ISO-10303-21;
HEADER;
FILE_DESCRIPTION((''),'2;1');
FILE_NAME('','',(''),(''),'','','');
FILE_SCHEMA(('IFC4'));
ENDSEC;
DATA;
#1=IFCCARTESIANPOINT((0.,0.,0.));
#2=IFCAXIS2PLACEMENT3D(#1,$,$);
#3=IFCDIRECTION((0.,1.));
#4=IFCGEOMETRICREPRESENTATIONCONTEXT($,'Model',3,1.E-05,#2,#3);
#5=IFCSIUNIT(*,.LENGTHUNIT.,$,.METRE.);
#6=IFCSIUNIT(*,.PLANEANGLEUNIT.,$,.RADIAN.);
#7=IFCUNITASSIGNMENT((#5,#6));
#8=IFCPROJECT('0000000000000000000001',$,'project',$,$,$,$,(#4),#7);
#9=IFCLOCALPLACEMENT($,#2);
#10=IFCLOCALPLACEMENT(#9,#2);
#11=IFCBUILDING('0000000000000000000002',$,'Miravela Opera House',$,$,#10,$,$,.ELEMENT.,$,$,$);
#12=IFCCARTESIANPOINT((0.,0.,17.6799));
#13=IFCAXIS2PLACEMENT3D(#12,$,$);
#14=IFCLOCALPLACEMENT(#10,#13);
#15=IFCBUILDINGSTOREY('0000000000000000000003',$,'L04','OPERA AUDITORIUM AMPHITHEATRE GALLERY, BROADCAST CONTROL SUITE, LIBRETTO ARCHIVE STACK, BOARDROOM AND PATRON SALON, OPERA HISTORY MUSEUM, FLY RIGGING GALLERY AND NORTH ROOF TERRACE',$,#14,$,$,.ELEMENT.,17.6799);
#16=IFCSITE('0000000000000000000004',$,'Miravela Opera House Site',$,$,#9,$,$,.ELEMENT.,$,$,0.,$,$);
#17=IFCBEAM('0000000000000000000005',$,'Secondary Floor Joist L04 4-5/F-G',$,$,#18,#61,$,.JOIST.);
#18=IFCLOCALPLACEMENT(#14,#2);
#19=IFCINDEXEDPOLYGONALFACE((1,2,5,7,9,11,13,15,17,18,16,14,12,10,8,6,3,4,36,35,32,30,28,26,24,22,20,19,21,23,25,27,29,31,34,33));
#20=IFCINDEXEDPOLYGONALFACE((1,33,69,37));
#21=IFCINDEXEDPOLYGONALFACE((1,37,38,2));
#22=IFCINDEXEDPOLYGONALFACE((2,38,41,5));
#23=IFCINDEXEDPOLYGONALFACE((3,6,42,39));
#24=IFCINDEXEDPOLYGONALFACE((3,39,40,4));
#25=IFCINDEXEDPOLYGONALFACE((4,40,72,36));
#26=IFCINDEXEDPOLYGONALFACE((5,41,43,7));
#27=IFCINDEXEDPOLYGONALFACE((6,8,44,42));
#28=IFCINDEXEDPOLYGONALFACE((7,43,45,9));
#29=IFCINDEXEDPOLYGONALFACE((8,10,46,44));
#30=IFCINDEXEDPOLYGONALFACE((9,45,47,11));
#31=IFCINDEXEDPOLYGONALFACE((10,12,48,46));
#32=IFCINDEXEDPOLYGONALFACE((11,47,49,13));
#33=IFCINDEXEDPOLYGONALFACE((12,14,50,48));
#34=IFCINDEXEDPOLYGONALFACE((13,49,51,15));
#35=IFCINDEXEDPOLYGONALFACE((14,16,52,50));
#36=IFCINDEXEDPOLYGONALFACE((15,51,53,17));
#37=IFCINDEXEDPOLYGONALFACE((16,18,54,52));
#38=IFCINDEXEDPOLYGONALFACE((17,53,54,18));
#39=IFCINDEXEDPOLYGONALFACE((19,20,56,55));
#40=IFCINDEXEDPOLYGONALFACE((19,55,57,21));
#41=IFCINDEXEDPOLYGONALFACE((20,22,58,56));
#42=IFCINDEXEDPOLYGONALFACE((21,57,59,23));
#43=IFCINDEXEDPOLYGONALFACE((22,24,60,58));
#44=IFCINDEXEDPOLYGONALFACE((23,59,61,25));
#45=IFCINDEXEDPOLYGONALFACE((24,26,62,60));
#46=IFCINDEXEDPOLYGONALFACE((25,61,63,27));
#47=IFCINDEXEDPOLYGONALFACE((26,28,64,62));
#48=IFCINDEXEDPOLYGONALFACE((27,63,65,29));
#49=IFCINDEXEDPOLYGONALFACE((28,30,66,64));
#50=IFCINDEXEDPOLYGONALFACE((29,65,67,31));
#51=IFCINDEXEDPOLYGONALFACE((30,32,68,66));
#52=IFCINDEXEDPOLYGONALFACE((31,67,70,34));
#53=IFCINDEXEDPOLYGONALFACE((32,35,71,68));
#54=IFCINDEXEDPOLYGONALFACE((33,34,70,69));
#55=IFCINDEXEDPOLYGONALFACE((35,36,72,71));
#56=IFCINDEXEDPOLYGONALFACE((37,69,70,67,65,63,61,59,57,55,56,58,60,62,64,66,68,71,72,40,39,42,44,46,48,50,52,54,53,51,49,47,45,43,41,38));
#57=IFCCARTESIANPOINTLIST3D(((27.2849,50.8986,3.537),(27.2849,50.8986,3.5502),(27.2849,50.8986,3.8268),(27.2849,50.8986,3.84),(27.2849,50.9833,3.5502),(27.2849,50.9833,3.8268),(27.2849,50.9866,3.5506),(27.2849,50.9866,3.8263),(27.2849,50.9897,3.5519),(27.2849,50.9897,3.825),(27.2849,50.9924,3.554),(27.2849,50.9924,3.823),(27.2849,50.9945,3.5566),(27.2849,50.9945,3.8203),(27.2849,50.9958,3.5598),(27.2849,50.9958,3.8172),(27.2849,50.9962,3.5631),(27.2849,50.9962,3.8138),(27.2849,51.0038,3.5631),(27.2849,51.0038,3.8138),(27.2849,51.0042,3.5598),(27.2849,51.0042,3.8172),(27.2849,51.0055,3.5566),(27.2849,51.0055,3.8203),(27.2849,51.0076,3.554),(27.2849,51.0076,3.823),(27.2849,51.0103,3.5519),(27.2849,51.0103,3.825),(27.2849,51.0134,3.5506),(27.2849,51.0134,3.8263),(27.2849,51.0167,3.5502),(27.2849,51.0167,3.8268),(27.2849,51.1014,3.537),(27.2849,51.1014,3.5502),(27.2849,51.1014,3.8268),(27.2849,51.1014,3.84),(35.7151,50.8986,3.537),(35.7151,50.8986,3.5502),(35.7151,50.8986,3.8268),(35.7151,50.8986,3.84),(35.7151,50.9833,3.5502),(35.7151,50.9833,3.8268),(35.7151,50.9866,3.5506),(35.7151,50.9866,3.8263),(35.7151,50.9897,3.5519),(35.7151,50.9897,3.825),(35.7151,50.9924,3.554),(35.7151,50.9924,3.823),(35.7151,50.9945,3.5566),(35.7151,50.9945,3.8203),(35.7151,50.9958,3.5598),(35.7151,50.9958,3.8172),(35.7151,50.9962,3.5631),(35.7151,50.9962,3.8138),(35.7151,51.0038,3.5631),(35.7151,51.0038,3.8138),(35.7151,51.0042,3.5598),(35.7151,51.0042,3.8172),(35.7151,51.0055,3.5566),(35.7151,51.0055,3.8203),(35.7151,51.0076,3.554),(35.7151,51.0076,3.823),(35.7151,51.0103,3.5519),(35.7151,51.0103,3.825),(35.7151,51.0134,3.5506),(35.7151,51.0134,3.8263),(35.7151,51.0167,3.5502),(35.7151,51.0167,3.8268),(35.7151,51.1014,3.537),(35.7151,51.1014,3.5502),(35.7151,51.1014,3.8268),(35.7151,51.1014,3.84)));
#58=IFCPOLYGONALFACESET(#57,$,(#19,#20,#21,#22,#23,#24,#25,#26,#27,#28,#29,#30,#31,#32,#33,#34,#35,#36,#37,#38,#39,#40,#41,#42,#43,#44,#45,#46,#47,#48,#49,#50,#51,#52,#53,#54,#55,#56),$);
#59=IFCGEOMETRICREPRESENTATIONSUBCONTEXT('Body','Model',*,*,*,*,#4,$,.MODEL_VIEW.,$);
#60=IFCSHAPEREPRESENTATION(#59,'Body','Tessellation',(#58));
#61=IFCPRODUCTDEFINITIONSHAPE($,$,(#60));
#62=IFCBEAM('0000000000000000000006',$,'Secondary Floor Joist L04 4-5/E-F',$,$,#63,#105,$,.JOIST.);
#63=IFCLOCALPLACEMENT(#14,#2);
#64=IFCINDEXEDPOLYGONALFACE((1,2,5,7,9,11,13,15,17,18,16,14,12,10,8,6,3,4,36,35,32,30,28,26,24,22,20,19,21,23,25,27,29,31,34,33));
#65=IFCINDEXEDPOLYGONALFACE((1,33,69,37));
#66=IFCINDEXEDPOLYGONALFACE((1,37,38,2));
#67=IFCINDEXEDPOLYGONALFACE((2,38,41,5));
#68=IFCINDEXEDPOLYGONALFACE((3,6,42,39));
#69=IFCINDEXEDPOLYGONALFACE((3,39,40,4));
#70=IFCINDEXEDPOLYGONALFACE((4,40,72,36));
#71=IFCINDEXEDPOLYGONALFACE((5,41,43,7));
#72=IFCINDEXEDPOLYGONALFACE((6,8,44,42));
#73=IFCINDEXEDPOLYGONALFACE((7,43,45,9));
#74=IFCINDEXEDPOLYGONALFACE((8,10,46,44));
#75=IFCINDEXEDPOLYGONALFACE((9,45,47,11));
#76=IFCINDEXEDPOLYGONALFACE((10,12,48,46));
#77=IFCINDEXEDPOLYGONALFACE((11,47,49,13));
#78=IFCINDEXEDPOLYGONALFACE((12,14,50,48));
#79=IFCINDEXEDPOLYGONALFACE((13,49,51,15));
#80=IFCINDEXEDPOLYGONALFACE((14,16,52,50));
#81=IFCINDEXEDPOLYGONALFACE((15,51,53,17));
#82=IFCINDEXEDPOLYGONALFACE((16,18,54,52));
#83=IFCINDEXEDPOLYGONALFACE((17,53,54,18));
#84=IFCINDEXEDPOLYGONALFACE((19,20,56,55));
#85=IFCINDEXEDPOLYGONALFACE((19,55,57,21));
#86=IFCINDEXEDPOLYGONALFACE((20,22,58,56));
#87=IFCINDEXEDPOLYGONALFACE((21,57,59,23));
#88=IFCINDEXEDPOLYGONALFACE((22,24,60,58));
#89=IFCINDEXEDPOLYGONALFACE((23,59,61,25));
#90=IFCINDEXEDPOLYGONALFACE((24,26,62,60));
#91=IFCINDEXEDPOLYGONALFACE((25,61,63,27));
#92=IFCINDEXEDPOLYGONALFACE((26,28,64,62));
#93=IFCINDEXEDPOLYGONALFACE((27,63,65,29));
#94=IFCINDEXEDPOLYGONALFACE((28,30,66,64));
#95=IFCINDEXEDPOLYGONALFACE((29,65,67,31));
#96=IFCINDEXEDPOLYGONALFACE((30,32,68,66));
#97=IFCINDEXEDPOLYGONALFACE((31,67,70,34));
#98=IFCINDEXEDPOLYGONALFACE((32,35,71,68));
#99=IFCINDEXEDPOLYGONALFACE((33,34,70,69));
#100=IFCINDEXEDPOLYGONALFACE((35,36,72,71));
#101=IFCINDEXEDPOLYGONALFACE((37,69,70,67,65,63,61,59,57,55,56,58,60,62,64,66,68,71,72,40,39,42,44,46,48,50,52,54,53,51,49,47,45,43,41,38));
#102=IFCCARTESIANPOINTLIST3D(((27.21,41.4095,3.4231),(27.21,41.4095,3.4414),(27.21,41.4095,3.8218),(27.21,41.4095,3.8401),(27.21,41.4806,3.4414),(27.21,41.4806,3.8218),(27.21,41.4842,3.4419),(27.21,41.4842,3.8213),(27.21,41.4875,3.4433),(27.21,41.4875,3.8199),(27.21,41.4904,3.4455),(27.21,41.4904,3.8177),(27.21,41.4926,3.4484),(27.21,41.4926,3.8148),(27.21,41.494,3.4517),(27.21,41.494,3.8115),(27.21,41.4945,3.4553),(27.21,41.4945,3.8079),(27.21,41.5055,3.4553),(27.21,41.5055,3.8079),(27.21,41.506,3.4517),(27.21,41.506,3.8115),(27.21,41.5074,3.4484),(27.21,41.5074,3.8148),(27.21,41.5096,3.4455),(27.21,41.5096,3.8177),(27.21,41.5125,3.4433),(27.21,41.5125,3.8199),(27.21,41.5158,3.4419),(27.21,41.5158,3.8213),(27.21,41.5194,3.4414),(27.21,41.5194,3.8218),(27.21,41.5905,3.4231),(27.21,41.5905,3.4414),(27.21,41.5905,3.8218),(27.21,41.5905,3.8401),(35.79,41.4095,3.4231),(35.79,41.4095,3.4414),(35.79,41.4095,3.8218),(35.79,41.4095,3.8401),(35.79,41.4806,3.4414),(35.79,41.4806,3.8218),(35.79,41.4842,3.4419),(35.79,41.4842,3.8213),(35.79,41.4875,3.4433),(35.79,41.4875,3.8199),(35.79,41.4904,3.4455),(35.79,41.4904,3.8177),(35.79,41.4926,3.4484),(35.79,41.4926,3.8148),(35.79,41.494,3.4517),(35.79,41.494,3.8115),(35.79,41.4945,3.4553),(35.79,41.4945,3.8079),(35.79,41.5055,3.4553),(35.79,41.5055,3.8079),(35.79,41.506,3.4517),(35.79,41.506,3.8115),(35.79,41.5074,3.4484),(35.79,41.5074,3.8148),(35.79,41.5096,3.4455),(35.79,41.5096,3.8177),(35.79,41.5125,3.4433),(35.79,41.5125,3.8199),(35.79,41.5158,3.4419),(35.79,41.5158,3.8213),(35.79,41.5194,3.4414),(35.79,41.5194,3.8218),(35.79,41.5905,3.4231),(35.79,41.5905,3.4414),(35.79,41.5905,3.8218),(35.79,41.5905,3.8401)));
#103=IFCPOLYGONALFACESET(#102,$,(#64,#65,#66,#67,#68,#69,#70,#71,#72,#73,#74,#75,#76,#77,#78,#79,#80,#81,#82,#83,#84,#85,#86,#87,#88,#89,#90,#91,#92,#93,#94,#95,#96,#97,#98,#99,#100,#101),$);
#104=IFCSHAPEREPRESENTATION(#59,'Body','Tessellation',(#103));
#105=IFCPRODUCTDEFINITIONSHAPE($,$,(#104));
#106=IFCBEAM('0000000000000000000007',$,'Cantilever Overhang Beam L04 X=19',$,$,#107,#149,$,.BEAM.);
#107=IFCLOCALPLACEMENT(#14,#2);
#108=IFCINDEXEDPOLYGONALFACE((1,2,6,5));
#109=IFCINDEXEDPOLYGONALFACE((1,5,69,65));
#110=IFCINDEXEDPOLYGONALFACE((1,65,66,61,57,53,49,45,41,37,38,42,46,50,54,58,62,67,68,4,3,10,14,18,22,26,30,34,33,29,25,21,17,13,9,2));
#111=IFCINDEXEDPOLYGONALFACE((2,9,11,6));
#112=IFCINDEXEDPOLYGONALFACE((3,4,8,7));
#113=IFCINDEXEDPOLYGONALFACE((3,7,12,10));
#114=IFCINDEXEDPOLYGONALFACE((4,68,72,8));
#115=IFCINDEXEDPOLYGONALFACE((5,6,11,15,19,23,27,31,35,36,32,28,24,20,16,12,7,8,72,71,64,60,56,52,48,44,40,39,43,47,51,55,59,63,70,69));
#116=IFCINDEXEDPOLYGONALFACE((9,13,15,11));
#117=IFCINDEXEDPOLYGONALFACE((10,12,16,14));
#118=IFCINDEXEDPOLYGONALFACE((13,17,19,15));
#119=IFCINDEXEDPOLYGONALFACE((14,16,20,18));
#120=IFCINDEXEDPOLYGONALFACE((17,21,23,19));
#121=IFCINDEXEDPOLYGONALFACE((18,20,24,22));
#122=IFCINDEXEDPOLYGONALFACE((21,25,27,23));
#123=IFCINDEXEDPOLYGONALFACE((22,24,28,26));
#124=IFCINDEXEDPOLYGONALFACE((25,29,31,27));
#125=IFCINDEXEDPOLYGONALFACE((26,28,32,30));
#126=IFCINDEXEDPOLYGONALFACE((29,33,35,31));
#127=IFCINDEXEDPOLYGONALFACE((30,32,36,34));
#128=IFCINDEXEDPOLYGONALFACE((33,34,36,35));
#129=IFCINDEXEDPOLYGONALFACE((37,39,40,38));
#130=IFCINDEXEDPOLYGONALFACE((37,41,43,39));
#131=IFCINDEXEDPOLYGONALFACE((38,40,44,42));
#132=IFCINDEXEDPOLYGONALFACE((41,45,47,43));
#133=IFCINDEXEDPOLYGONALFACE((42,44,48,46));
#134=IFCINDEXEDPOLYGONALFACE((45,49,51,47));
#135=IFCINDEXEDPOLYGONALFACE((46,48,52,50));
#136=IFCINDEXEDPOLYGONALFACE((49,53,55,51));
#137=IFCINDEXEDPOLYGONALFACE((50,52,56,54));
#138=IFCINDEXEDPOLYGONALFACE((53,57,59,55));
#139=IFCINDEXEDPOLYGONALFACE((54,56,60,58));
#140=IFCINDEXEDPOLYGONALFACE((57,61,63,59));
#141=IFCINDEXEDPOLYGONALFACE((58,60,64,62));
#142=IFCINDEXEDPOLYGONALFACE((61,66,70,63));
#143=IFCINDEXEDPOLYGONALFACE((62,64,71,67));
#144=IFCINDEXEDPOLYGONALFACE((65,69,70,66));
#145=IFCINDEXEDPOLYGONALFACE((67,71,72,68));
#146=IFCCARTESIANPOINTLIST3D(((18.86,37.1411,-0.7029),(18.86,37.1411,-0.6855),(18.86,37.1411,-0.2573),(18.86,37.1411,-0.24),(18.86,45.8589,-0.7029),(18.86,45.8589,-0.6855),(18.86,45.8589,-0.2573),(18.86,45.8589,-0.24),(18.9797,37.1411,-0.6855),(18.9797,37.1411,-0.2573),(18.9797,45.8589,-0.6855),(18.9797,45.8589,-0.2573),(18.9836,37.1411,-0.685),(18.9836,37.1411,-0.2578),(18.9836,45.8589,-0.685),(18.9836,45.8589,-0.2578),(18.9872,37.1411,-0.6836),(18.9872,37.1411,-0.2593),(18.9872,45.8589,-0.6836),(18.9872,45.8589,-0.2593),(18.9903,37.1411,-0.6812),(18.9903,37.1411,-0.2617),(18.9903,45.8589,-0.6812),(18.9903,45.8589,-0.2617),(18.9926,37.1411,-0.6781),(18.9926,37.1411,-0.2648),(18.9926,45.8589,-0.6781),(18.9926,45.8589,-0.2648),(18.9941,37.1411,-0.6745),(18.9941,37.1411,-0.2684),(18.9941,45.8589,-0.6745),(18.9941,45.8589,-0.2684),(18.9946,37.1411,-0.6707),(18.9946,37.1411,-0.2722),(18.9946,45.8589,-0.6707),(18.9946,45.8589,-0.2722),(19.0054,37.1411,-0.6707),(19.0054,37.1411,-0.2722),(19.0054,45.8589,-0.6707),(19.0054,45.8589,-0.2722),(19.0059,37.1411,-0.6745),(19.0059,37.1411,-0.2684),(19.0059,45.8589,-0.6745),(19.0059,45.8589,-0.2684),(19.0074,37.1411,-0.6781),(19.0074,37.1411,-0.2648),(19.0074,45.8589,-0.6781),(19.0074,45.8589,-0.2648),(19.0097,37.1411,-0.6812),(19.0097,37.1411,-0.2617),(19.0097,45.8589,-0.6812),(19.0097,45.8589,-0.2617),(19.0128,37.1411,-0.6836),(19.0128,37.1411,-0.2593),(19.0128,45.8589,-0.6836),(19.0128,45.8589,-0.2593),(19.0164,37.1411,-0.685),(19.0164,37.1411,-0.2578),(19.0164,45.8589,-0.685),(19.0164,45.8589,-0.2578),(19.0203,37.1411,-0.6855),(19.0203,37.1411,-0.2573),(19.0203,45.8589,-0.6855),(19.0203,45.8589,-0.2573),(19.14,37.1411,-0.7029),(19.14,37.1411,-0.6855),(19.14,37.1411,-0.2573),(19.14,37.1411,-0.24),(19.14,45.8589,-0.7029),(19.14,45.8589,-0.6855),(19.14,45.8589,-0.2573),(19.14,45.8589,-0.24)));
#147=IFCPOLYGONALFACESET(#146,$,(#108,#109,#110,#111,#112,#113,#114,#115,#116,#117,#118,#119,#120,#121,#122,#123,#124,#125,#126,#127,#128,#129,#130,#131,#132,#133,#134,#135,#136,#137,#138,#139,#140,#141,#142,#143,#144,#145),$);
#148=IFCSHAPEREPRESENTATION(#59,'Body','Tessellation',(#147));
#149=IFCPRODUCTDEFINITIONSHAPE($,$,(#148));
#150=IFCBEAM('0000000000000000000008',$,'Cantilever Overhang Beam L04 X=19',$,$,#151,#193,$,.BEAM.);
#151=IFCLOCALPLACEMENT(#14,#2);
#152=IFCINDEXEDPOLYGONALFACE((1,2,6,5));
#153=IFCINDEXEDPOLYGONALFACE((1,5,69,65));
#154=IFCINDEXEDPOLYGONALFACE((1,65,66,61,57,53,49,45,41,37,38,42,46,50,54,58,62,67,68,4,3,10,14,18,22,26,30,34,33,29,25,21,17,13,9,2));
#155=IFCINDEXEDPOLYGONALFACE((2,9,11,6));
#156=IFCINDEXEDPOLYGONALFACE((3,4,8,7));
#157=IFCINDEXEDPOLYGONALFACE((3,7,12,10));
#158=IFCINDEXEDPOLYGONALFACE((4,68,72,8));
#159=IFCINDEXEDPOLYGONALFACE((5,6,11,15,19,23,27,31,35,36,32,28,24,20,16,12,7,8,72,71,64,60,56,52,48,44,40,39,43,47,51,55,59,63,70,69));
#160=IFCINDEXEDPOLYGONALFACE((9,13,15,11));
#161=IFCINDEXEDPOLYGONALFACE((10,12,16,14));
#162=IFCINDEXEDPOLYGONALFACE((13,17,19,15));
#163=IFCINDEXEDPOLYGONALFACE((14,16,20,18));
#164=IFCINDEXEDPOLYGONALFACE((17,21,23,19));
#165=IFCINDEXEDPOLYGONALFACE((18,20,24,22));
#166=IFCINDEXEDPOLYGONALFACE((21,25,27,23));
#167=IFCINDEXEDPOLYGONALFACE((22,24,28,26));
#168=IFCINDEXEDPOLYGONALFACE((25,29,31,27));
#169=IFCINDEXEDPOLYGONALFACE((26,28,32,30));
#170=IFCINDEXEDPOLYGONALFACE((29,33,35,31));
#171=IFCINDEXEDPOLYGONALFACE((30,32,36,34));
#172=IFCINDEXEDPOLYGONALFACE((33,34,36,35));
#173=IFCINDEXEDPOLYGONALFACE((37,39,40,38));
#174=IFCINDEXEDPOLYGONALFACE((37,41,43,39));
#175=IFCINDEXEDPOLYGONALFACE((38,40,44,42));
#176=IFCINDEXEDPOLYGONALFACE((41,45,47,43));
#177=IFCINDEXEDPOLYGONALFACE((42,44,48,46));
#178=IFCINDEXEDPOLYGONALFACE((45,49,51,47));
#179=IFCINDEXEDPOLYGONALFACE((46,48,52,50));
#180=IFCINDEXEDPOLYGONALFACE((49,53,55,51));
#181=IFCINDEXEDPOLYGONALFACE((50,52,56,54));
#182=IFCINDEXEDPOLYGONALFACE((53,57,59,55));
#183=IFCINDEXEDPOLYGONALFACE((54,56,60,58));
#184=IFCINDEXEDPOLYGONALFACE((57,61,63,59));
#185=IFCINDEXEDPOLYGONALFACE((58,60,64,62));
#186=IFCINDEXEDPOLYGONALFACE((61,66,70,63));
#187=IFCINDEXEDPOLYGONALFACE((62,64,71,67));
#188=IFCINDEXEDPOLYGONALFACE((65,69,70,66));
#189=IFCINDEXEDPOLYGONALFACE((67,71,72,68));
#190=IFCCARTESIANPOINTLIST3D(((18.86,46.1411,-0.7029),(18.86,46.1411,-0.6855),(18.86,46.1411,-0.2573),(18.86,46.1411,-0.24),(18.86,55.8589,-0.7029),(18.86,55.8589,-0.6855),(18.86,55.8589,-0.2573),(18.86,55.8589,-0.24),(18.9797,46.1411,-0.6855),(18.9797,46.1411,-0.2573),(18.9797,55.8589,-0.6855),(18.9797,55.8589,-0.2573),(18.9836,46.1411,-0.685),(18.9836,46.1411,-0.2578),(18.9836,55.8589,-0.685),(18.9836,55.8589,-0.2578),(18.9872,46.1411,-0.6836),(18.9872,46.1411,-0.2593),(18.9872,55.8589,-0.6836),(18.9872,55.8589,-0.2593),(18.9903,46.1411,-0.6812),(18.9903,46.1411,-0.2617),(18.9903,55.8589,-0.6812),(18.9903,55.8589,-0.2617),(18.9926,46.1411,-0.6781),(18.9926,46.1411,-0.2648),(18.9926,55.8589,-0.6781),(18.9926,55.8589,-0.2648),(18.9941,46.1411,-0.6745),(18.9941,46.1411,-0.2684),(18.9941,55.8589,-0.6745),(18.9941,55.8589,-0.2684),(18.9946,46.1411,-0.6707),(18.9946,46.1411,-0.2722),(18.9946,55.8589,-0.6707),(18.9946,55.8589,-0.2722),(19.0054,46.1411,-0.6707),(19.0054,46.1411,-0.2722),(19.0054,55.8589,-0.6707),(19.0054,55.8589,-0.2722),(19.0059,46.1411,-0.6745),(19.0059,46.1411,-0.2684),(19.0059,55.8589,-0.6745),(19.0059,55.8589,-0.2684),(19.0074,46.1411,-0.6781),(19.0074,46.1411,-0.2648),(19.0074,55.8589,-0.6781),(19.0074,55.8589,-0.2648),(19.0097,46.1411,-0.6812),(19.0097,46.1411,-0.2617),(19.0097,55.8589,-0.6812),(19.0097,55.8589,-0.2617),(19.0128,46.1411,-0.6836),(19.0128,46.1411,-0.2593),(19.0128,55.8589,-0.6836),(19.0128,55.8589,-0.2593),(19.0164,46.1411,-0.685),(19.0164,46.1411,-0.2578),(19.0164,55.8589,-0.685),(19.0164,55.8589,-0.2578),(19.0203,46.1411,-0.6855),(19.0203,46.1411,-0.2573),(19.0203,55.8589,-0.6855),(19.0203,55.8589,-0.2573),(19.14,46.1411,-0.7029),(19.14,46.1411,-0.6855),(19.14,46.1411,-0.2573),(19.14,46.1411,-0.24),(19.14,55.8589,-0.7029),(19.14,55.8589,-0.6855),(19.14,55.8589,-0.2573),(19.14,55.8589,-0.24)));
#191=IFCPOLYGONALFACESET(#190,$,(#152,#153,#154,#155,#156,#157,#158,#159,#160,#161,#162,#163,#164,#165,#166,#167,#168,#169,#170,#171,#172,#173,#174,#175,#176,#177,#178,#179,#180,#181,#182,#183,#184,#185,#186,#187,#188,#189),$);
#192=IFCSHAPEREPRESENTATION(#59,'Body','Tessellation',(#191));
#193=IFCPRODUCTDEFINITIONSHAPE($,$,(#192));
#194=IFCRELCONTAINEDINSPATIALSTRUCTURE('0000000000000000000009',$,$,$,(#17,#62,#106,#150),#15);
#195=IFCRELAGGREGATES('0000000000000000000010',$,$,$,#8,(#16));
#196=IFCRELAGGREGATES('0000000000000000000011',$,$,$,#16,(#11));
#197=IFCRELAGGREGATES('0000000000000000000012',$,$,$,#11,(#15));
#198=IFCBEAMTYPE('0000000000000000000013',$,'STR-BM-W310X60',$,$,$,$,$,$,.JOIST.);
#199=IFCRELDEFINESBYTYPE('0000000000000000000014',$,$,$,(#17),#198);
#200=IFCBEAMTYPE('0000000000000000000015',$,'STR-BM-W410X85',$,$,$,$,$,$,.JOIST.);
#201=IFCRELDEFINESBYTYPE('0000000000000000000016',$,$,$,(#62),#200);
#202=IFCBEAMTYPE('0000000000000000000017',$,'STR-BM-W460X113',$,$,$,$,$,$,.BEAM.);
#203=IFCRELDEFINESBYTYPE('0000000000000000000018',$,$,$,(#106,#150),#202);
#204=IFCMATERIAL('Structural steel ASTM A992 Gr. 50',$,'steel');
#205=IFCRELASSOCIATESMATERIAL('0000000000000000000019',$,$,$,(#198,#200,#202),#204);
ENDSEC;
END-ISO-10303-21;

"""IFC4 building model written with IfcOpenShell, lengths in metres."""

from ifc_helpers import new_model, si_unit, direction, frame, origin, origin_2d, place, context, subcontext, project, spatial, i_section, extrude, material, material_profile, profile_set, type_object, element, save


model = new_model("IFC4")

# Units and contexts
model_context = context("Model", 3, precision=1e-05, world=origin(), true_north=direction((0.0, 1.0)))
body_context = subcontext(model_context, "Body", "Model", "MODEL_VIEW")
ifc_project = project(units=[si_unit("LENGTHUNIT", "METRE"), si_unit("PLANEANGLEUNIT", "RADIAN")], contexts=[model_context])

# Site, building, storey
site_placement = place(None, origin())
site = spatial("IfcSite", under=ifc_project, at=site_placement, Name="Miravela Opera House Site", CompositionType="ELEMENT", RefElevation=0.0)
building_placement = place(site_placement, origin())
building = spatial("IfcBuilding", under=site, at=building_placement, Name="Miravela Opera House", CompositionType="ELEMENT")
storey_placement = place(building_placement, frame((0.0, 0.0, 17.6799)))
storey = spatial("IfcBuildingStorey", under=building, at=storey_placement, Name="L04", Description="OPERA AUDITORIUM AMPHITHEATRE GALLERY, BROADCAST CONTROL SUITE, LIBRETTO ARCHIVE STACK, BOARDROOM AND PATRON SALON, OPERA HISTORY MUSEUM, FLY RIGGING GALLERY AND NORTH ROOF TERRACE", CompositionType="ELEMENT", Elevation=17.6799)

# Beams
ifc_material_1 = material(Name="Structural steel ASTM A992 Gr. 50", Category="steel")
ifc_material_profile_1 = material_profile(ifc_material_1, i_section(OverallWidth=0.2029, OverallDepth=0.303, WebThickness=0.0076, FlangeThickness=0.0132, FilletRadius=0.0129, at=origin_2d()), Name="W310X60")
ifc_profile_set_1 = profile_set([ifc_material_profile_1])
beam_type_1 = type_object("IfcBeamType", Name="STR-BM-W310X60", PredefinedType="JOIST", material=ifc_profile_set_1)
beam_1_placement = place(storey_placement, frame((27.2849, 51.0, 3.6885), z_axis=(1.0, 0.0, 0.0), x_axis=(0.0, 1.0, 0.0)))
element("IfcBeam", 1, at=beam_1_placement, inside=storey, type_object=beam_type_1, Name="Secondary Floor Joist L04 4-5/F-G", PredefinedType="JOIST", context=body_context, shape_type="SweptSolid", body=[
    extrude(i_section(OverallWidth=0.2029, OverallDepth=0.303, WebThickness=0.0076, FlangeThickness=0.0132, FilletRadius=0.0129, at=origin_2d()), origin(), (0.0, 0.0, 1.0), 8.4302),
])
ifc_material_profile_2 = material_profile(ifc_material_1, i_section(OverallWidth=0.1809, OverallDepth=0.417, WebThickness=0.011, FlangeThickness=0.0183, FilletRadius=0.0139, at=origin_2d()), Name="W410X85")
ifc_profile_set_2 = profile_set([ifc_material_profile_2])
beam_type_2 = type_object("IfcBeamType", Name="STR-BM-W410X85", PredefinedType="JOIST", material=ifc_profile_set_2)
beam_2_placement = place(storey_placement, frame((27.21, 41.5, 3.6316), z_axis=(1.0, 0.0, 0.0), x_axis=(0.0, 1.0, 0.0)))
element("IfcBeam", 2, at=beam_2_placement, inside=storey, type_object=beam_type_2, Name="Secondary Floor Joist L04 4-5/E-F", PredefinedType="JOIST", context=body_context, shape_type="SweptSolid", body=[
    extrude(i_section(OverallWidth=0.1809, OverallDepth=0.417, WebThickness=0.011, FlangeThickness=0.0183, FilletRadius=0.0139, at=origin_2d()), origin(), (0.0, 0.0, 1.0), 8.5801),
])
ifc_material_profile_3 = material_profile(ifc_material_1, i_section(OverallWidth=0.28, OverallDepth=0.4629, WebThickness=0.0107, FlangeThickness=0.0173, FilletRadius=0.0149, at=origin_2d()), Name="W460X113")
ifc_profile_set_3 = profile_set([ifc_material_profile_3])
beam_type_3 = type_object("IfcBeamType", Name="STR-BM-W460X113", PredefinedType="BEAM", material=ifc_profile_set_3)
beam_3_placement = place(storey_placement, frame((19.0, 37.1411, -0.4714), z_axis=(0.0, 1.0, 0.0), x_axis=(-1.0, 0.0, 0.0)))
element("IfcBeam", 3, at=beam_3_placement, inside=storey, type_object=beam_type_3, Name="Cantilever Overhang Beam L04 X=19", PredefinedType="BEAM", context=body_context, shape_type="SweptSolid", body=[
    extrude(i_section(OverallWidth=0.28, OverallDepth=0.4629, WebThickness=0.0107, FlangeThickness=0.0173, FilletRadius=0.0149, at=origin_2d()), origin(), (0.0, 0.0, 1.0), 8.7178),
])
beam_4_placement = place(storey_placement, frame((19.0, 46.1411, -0.4714), z_axis=(0.0, 1.0, 0.0), x_axis=(-1.0, 0.0, 0.0)))
element("IfcBeam", 4, at=beam_4_placement, inside=storey, type_object=beam_type_3, Name="Cantilever Overhang Beam L04 X=19", PredefinedType="BEAM", context=body_context, shape_type="SweptSolid", body=[
    extrude(i_section(OverallWidth=0.28, OverallDepth=0.4629, WebThickness=0.0107, FlangeThickness=0.0173, FilletRadius=0.0149, at=origin_2d()), origin(), (0.0, 0.0, 1.0), 9.7178),
])

save(model, "model.ifc")
